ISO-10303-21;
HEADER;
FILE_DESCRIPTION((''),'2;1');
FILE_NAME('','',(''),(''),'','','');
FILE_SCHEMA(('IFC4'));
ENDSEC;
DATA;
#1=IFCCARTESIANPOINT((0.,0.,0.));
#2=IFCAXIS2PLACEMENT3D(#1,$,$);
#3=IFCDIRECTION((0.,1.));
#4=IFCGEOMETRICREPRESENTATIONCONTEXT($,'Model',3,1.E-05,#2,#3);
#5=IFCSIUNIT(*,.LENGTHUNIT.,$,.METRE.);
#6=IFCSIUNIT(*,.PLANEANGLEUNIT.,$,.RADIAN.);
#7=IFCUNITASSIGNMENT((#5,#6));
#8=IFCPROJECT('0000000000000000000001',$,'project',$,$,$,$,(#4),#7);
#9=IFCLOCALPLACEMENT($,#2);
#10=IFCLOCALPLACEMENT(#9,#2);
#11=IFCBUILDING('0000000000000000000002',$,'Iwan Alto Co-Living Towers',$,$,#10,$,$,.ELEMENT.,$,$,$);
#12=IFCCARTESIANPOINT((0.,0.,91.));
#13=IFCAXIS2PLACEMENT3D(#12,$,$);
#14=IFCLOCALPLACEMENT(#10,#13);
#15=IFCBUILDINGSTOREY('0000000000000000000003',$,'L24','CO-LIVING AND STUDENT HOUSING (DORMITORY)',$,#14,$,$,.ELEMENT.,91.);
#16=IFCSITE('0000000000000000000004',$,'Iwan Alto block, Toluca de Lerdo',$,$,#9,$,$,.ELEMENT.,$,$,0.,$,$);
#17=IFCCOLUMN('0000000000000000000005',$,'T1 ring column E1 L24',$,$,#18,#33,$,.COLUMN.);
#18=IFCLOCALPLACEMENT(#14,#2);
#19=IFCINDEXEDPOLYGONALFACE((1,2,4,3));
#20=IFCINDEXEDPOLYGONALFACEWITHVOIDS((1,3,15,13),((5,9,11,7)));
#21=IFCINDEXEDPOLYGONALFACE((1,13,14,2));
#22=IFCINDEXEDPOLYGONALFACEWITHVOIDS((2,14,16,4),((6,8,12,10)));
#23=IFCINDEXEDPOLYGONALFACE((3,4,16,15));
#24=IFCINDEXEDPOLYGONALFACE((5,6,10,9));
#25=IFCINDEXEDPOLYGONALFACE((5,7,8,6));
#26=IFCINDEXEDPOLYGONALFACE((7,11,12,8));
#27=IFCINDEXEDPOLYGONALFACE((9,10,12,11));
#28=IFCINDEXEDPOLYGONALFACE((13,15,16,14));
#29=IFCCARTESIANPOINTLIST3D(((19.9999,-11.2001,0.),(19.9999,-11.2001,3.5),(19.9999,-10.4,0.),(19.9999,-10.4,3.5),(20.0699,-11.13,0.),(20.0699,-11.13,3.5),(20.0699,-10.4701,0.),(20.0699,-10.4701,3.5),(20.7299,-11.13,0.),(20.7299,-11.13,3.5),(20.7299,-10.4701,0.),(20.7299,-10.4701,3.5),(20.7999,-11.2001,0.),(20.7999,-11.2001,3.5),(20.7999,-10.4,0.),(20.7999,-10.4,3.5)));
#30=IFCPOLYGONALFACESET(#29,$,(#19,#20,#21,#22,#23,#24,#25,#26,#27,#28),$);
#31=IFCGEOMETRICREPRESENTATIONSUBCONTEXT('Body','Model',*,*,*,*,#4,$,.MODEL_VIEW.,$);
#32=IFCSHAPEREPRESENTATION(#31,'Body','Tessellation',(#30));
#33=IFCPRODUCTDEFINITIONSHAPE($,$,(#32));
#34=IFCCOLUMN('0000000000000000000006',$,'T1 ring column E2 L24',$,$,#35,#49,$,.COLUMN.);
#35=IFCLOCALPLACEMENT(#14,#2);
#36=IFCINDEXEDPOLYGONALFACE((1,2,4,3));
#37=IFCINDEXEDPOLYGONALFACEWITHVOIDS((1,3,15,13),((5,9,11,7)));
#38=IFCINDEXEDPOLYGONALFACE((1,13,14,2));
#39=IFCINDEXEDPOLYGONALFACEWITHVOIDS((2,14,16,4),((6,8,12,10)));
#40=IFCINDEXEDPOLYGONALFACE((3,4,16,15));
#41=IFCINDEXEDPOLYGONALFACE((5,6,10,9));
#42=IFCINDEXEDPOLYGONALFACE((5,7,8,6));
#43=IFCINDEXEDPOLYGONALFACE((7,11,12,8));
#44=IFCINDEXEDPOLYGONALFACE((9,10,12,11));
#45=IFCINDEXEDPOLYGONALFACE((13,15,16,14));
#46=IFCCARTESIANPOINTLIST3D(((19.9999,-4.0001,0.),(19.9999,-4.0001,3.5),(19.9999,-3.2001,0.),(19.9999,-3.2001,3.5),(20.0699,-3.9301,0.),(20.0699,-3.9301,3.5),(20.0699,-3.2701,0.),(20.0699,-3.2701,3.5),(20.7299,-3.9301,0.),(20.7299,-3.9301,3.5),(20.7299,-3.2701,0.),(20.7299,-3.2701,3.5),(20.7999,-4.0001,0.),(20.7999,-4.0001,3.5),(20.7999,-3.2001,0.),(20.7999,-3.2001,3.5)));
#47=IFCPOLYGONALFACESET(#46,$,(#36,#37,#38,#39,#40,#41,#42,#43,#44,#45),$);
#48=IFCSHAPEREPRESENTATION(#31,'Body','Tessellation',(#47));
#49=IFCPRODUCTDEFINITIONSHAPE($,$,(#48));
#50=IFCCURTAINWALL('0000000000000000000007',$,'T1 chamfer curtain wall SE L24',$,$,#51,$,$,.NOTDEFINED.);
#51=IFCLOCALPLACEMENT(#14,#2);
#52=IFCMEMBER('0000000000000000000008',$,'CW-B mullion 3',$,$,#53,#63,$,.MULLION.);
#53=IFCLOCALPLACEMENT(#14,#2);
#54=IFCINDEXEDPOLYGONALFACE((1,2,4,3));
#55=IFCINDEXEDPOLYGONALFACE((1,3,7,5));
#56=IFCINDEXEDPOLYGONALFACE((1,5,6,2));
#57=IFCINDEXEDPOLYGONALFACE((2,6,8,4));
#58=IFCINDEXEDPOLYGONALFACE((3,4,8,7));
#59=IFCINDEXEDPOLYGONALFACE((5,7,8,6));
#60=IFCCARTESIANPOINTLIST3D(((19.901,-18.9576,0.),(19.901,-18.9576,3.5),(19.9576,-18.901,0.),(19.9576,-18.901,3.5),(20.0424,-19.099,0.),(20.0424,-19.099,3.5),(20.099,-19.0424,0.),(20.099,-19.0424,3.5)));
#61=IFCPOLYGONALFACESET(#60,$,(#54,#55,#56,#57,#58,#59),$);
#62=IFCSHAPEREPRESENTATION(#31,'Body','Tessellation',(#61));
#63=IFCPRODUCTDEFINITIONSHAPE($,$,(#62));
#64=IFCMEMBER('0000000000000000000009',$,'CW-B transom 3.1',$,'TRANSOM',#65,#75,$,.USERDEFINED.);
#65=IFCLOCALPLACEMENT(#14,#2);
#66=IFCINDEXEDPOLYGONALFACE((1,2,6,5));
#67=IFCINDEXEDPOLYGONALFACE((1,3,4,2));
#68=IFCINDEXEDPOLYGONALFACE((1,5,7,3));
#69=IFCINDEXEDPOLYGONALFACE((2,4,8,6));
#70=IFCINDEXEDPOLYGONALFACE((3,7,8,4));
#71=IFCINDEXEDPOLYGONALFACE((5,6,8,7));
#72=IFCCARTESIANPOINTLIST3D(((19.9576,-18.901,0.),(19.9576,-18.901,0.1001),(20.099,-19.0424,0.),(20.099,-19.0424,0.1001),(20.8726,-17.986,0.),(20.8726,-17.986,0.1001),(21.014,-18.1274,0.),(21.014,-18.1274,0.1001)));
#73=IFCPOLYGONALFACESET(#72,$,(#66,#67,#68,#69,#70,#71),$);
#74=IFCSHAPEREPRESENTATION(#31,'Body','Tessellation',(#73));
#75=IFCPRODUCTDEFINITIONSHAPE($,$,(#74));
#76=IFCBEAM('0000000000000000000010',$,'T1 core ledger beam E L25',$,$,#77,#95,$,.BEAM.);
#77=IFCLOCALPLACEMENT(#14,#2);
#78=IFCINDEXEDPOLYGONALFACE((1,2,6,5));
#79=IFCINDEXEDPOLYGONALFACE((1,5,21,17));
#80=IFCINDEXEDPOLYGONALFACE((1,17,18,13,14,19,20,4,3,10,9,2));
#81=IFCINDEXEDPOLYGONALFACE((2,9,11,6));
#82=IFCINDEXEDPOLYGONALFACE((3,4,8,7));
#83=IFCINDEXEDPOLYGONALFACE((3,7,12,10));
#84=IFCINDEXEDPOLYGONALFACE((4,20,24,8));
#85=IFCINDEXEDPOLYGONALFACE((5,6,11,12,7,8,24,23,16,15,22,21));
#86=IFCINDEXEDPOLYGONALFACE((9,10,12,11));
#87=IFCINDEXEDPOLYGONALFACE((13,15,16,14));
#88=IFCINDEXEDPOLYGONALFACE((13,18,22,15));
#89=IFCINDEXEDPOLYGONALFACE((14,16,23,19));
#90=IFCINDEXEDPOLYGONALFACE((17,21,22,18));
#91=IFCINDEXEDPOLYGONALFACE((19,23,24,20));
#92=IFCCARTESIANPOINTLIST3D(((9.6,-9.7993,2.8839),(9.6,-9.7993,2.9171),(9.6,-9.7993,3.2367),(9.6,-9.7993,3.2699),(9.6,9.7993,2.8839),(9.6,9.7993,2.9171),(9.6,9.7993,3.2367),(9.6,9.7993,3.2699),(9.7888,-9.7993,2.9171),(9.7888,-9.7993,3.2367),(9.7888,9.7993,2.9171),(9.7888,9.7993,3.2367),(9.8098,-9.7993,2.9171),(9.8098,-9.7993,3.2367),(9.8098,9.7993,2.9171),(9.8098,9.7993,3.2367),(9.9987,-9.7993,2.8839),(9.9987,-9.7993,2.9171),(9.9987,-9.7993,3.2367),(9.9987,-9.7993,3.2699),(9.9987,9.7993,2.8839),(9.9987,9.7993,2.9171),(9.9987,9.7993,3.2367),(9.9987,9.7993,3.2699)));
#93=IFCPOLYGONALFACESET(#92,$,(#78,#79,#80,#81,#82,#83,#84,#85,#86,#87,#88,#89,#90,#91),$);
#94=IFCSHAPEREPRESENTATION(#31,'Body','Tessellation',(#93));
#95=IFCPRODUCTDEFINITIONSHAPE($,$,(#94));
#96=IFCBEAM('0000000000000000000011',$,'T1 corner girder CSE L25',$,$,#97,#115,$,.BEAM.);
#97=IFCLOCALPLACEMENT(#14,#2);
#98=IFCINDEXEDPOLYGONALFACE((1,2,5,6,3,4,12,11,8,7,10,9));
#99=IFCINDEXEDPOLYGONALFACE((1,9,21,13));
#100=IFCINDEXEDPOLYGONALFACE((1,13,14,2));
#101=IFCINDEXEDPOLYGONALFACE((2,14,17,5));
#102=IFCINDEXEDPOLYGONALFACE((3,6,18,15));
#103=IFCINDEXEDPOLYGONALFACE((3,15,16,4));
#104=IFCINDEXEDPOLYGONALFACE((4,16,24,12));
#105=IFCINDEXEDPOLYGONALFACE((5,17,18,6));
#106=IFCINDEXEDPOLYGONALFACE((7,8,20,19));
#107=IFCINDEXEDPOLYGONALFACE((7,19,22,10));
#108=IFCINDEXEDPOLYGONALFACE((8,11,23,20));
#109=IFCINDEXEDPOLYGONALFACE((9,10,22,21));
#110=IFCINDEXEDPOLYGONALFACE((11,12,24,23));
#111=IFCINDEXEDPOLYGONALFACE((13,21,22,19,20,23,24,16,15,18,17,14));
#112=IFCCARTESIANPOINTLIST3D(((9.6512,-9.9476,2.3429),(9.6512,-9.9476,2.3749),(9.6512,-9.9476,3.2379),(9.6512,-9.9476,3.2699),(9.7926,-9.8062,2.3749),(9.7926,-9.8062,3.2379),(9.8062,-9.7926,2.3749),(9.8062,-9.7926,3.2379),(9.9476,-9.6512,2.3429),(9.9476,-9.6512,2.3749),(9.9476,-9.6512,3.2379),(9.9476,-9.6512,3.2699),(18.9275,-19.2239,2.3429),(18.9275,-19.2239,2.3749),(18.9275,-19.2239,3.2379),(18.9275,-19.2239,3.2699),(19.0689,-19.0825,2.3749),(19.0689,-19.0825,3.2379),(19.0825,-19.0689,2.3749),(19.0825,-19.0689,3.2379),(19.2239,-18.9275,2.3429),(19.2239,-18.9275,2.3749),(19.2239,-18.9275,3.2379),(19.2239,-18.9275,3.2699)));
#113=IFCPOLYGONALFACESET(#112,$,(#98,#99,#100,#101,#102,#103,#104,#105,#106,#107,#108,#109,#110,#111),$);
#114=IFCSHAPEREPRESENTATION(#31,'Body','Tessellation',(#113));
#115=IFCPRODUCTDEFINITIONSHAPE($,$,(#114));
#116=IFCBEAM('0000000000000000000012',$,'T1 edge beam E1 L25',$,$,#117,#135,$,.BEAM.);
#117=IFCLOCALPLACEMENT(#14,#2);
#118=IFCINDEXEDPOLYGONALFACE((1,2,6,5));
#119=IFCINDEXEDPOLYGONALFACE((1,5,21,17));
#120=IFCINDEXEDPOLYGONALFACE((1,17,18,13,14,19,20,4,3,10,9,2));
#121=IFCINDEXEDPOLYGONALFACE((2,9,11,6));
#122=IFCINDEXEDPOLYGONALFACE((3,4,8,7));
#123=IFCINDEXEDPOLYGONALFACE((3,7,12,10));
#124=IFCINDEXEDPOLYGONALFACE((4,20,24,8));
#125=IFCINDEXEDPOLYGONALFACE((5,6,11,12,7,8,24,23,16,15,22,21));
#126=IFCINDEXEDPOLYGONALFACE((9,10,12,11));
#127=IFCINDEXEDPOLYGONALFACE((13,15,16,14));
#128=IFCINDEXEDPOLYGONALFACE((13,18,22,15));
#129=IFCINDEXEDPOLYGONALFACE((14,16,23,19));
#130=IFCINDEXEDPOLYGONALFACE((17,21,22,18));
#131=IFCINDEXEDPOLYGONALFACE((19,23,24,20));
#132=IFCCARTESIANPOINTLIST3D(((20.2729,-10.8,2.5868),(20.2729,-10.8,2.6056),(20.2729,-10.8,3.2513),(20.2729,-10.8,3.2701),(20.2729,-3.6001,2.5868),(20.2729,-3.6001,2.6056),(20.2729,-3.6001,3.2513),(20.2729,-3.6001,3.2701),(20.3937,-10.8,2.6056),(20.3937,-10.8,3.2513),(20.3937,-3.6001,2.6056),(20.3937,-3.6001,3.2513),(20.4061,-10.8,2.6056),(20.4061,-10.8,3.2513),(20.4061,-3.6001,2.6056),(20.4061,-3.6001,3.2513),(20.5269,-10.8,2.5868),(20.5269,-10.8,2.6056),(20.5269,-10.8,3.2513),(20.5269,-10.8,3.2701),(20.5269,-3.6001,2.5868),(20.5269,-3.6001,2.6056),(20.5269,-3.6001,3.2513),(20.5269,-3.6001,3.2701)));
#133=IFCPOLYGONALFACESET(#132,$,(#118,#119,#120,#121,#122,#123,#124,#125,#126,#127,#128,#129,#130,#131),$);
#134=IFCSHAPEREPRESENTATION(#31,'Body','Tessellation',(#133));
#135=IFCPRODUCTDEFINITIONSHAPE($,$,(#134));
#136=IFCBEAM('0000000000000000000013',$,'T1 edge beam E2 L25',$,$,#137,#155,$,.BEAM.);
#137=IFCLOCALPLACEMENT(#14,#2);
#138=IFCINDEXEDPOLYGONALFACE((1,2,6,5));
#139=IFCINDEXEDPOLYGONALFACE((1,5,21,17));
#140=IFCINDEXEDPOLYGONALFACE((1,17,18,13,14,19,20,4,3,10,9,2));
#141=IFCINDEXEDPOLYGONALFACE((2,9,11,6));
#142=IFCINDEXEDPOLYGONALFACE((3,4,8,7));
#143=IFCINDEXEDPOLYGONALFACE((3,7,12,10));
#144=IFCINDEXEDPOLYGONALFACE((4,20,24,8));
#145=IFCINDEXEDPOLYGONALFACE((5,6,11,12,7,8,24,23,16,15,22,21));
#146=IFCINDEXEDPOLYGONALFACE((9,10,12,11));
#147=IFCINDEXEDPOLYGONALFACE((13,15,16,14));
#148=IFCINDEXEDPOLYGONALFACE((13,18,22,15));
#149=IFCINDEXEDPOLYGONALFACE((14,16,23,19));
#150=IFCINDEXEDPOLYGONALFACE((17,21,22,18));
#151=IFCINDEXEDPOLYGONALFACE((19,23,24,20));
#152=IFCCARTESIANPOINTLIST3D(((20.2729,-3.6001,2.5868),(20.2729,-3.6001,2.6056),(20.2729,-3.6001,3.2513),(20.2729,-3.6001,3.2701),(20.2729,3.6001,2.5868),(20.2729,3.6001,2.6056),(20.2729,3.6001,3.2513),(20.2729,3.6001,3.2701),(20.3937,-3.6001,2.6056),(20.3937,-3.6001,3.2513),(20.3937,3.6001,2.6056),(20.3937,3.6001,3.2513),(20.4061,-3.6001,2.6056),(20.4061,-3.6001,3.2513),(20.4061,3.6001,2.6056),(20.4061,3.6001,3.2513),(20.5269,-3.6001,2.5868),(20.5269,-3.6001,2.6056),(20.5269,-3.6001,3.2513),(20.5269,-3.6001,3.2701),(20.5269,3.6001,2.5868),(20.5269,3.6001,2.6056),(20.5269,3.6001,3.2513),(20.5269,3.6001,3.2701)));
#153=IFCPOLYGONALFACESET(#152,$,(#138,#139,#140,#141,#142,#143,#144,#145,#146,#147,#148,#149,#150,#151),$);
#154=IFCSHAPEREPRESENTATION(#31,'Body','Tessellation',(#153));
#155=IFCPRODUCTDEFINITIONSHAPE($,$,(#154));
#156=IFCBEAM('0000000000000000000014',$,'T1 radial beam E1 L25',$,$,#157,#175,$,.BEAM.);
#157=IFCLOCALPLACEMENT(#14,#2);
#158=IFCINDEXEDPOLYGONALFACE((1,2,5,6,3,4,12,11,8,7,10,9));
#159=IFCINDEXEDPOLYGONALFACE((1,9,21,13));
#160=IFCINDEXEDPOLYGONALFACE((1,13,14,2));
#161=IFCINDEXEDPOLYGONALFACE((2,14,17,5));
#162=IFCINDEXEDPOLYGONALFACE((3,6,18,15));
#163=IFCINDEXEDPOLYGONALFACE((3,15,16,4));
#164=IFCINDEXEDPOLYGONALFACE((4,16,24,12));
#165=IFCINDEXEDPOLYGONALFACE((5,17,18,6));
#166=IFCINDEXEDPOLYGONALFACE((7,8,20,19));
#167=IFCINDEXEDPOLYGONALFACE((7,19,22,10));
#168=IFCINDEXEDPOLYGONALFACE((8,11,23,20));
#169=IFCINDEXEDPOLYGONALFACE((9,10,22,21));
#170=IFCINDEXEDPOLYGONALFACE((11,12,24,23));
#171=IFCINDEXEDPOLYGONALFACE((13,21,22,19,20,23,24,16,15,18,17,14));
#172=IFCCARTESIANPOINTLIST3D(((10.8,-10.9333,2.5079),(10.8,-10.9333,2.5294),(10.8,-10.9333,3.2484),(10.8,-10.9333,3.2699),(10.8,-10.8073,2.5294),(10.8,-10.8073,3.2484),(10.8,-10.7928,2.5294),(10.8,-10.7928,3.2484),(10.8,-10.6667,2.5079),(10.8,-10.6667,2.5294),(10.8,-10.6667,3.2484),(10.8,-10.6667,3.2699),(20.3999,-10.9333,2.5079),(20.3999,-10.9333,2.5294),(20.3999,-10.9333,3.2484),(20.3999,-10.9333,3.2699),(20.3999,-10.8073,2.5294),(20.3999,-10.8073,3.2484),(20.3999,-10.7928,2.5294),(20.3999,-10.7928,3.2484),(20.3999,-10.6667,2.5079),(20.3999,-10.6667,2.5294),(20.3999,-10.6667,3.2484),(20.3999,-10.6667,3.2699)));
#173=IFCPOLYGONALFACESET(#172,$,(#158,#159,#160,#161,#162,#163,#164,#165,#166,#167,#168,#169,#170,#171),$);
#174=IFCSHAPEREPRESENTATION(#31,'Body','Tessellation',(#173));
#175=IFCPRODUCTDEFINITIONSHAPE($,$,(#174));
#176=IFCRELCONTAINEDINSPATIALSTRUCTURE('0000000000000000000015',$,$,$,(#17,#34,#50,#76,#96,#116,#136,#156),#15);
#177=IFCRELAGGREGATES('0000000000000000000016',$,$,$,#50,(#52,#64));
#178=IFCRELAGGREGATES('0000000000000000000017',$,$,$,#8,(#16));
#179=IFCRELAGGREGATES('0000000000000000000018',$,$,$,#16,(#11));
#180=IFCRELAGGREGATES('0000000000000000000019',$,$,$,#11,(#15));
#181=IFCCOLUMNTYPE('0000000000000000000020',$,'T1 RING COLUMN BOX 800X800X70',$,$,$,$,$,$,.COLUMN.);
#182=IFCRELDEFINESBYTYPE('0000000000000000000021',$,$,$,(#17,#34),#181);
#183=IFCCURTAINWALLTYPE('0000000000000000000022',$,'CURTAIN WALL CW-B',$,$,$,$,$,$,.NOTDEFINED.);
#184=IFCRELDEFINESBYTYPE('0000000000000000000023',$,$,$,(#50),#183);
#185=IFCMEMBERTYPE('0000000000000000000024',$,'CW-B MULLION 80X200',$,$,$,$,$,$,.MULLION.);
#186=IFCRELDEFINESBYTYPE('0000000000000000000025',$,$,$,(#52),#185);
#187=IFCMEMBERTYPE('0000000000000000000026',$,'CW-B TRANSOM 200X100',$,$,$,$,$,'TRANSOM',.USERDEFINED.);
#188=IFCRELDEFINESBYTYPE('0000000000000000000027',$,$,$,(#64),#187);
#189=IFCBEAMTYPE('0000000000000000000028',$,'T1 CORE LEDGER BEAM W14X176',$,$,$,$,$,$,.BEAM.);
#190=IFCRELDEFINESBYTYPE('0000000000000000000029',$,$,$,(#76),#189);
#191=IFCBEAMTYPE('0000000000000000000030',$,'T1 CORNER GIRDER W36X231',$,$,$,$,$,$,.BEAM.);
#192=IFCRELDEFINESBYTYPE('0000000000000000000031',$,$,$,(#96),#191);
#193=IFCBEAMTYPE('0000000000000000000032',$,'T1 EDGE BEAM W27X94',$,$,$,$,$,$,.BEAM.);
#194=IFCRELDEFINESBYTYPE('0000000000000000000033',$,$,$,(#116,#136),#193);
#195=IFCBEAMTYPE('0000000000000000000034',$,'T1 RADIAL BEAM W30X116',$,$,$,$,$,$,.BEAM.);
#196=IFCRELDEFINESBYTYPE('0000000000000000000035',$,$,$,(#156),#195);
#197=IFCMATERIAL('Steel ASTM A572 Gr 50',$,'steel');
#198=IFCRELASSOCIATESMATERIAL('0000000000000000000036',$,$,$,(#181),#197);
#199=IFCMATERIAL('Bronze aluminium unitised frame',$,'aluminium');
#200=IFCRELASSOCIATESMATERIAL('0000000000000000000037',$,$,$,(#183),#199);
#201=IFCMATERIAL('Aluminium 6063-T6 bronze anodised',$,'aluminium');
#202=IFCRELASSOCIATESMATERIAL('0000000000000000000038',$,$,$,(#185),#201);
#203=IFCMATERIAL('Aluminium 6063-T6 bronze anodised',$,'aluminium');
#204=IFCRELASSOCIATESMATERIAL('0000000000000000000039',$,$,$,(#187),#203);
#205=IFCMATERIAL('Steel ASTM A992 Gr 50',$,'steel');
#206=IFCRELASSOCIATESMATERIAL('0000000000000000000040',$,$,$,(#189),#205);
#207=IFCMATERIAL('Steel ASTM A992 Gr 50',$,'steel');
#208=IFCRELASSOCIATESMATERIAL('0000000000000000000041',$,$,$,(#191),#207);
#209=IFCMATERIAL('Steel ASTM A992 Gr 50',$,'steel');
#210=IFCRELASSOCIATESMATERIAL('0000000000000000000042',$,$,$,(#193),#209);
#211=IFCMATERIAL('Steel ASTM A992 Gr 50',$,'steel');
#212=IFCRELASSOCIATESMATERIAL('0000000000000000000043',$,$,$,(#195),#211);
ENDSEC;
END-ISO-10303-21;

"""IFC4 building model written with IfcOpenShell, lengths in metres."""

from ifc_helpers import new_model, si_unit, direction, frame, origin, origin_2d, place, context, subcontext, project, spatial, rectangle, hollow_rectangle, i_section, extrude, material, material_profile, profile_set, type_object, element, aggregate, save


model = new_model("IFC4")

# Units and contexts
model_context = context("Model", 3, precision=1e-05, world=origin(), true_north=direction((0.0, 1.0)))
body_context = subcontext(model_context, "Body", "Model", "MODEL_VIEW")
ifc_project = project(units=[si_unit("LENGTHUNIT", "METRE"), si_unit("PLANEANGLEUNIT", "RADIAN")], contexts=[model_context])

# Site, building, storey
site_placement = place(None, origin())
site = spatial("IfcSite", under=ifc_project, at=site_placement, Name="Iwan Alto block, Toluca de Lerdo", CompositionType="ELEMENT", RefElevation=0.0)
building_placement = place(site_placement, origin())
building = spatial("IfcBuilding", under=site, at=building_placement, Name="Iwan Alto Co-Living Towers", CompositionType="ELEMENT")
storey_placement = place(building_placement, frame((0.0, 0.0, 91.0)))
storey = spatial("IfcBuildingStorey", under=building, at=storey_placement, Name="L24", Description="CO-LIVING AND STUDENT HOUSING (DORMITORY)", CompositionType="ELEMENT", Elevation=91.0)

# Columns
ifc_material_1 = material(Name="Steel ASTM A572 Gr 50", Category="steel")
ifc_material_profile_1 = material_profile(ifc_material_1, hollow_rectangle(XDim=0.8, YDim=0.8, WallThickness=0.0701, at=origin_2d()), Name="BOX 800X800X70")
ifc_profile_set_1 = profile_set([ifc_material_profile_1], Name="Steel ASTM A572 Gr 50")
column_type = type_object("IfcColumnType", Name="T1 RING COLUMN BOX 800X800X70", PredefinedType="COLUMN", material=ifc_profile_set_1)
for number, where, z_axis, x_axis, name in (
    (1, (20.3999, -10.8, 0.0), (0.0, 0.0, 1.0), (1.0, 0.0, 0.0), "T1 ring column E1 L24"),
    (2, (20.3999, -3.6001, 0.0), (0.0, 0.0, 1.0), (1.0, 0.0, 0.0), "T1 ring column E2 L24"),
):
    element("IfcColumn", number, at=place(storey_placement, frame(where, z_axis=z_axis, x_axis=x_axis)), inside=storey, type_object=column_type, Name=name, PredefinedType="COLUMN", context=body_context, shape_type="SweptSolid", body=[
        extrude(hollow_rectangle(XDim=0.8, YDim=0.8, WallThickness=0.0701, at=origin_2d()), origin(), (0.0, 0.0, 1.0), 3.5),
    ])

# Curtain wall, members
ifc_material_2 = material(Name="Bronze aluminium unitised frame", Category="aluminium")
curtain_wall_type = type_object("IfcCurtainWallType", Name="CURTAIN WALL CW-B", PredefinedType="NOTDEFINED", material=ifc_material_2)
curtain_wall_placement = place(storey_placement, origin())
curtain_wall = element("IfcCurtainWall", 3, at=curtain_wall_placement, inside=storey, type_object=curtain_wall_type, Name="T1 chamfer curtain wall SE L24", PredefinedType="NOTDEFINED")
ifc_material_3 = material(Name="Aluminium 6063-T6 bronze anodised", Category="aluminium")
ifc_material_profile_2 = material_profile(ifc_material_3, rectangle(XDim=0.2, YDim=0.0801, at=origin_2d()), Name="AL 80X200")
ifc_profile_set_2 = profile_set([ifc_material_profile_2], Name="Aluminium 6063-T6 bronze anodised")
member_type_1 = type_object("IfcMemberType", Name="CW-B MULLION 80X200", PredefinedType="MULLION", material=ifc_profile_set_2)
member_1_placement = place(storey_placement, frame((20.0, -19.0, 0.0), z_axis=(0.0, 0.0, 1.0), x_axis=(-0.707107, 0.707107, 0.0)))
member_1 = element("IfcMember", 4, at=member_1_placement, type_object=member_type_1, Name="CW-B mullion 3", PredefinedType="MULLION", context=body_context, shape_type="SweptSolid", body=[
    extrude(rectangle(XDim=0.2, YDim=0.0801, at=origin_2d()), origin(), (0.0, 0.0, 1.0), 3.5),
])
ifc_material_4 = material(Name="Aluminium 6063-T6 bronze anodised", Category="aluminium")
ifc_material_profile_3 = material_profile(ifc_material_4, rectangle(XDim=0.2, YDim=0.1001, at=origin_2d()), Name="AL 200X100")
ifc_profile_set_3 = profile_set([ifc_material_profile_3], Name="Aluminium 6063-T6 bronze anodised")
member_type_2 = type_object("IfcMemberType", Name="CW-B TRANSOM 200X100", ElementType="TRANSOM", PredefinedType="USERDEFINED", material=ifc_profile_set_3)
member_2_placement = place(storey_placement, frame((20.0283, -18.9717, 0.05), z_axis=(0.707107, 0.707107, 0.0), x_axis=(-0.707107, 0.707107, 0.0)))
member_2 = element("IfcMember", 5, at=member_2_placement, type_object=member_type_2, Name="CW-B transom 3.1", ObjectType="TRANSOM", PredefinedType="USERDEFINED", context=body_context, shape_type="SweptSolid", body=[
    extrude(rectangle(XDim=0.2, YDim=0.1001, at=origin_2d()), origin(), (0.0, 0.0, 1.0), 1.2939),
])
aggregate(curtain_wall, [member_1, member_2])

# Beams
ifc_material_5 = material(Name="Steel ASTM A992 Gr 50", Category="steel")
ifc_material_profile_4 = material_profile(ifc_material_5, i_section(OverallWidth=0.3987, OverallDepth=0.386, WebThickness=0.021, FlangeThickness=0.0332, at=origin_2d()), Name="W14X176")
ifc_profile_set_4 = profile_set([ifc_material_profile_4], Name="Steel ASTM A992 Gr 50")
beam_type_1 = type_object("IfcBeamType", Name="T1 CORE LEDGER BEAM W14X176", PredefinedType="BEAM", material=ifc_profile_set_4)
beam_1_placement = place(storey_placement, frame((9.7993, -9.7993, 3.0769), z_axis=(0.0, 1.0, 0.0), x_axis=(-1.0, 0.0, 0.0)))
element("IfcBeam", 6, at=beam_1_placement, inside=storey, type_object=beam_type_1, Name="T1 core ledger beam E L25", PredefinedType="BEAM", context=body_context, shape_type="SweptSolid", body=[
    extrude(i_section(OverallWidth=0.3987, OverallDepth=0.386, WebThickness=0.021, FlangeThickness=0.0332, at=origin_2d()), origin(), (0.0, 0.0, 1.0), 19.5986),
])
ifc_material_6 = material(Name="Steel ASTM A992 Gr 50", Category="steel")
ifc_material_profile_5 = material_profile(ifc_material_6, i_section(OverallWidth=0.4192, OverallDepth=0.927, WebThickness=0.0193, FlangeThickness=0.032, at=origin_2d()), Name="W36X231")
ifc_profile_set_5 = profile_set([ifc_material_profile_5], Name="Steel ASTM A992 Gr 50")
beam_type_2 = type_object("IfcBeamType", Name="T1 CORNER GIRDER W36X231", PredefinedType="BEAM", material=ifc_profile_set_5)
beam_2_placement = place(storey_placement, frame((19.0757, -19.0757, 2.8064), z_axis=(-0.707107, 0.707107, 0.0), x_axis=(-0.707107, -0.707107, 0.0)))
element("IfcBeam", 7, at=beam_2_placement, inside=storey, type_object=beam_type_2, Name="T1 corner girder CSE L25", PredefinedType="BEAM", context=body_context, shape_type="SweptSolid", body=[
    extrude(i_section(OverallWidth=0.4192, OverallDepth=0.927, WebThickness=0.0193, FlangeThickness=0.032, at=origin_2d()), origin(), (0.0, 0.0, 1.0), 13.1187),
])
ifc_material_7 = material(Name="Steel ASTM A992 Gr 50", Category="steel")
ifc_material_profile_6 = material_profile(ifc_material_7, i_section(OverallWidth=0.2539, OverallDepth=0.6833, WebThickness=0.0125, FlangeThickness=0.0188, at=origin_2d()), Name="W27X94")
ifc_profile_set_6 = profile_set([ifc_material_profile_6], Name="Steel ASTM A992 Gr 50")
beam_type_3 = type_object("IfcBeamType", Name="T1 EDGE BEAM W27X94", PredefinedType="BEAM", material=ifc_profile_set_6)
beam_3_placement = place(storey_placement, frame((20.3999, -10.8, 2.9285), z_axis=(0.0, 1.0, 0.0), x_axis=(-1.0, 0.0, 0.0)))
element("IfcBeam", 8, at=beam_3_placement, inside=storey, type_object=beam_type_3, Name="T1 edge beam E1 L25", PredefinedType="BEAM", context=body_context, shape_type="SweptSolid", body=[
    extrude(i_section(OverallWidth=0.2539, OverallDepth=0.6833, WebThickness=0.0125, FlangeThickness=0.0188, at=origin_2d()), origin(), (0.0, 0.0, 1.0), 7.2),
])
beam_4_placement = place(storey_placement, frame((20.3999, -3.6001, 2.9285), z_axis=(0.0, 1.0, 0.0), x_axis=(-1.0, 0.0, 0.0)))
element("IfcBeam", 9, at=beam_4_placement, inside=storey, type_object=beam_type_3, Name="T1 edge beam E2 L25", PredefinedType="BEAM", context=body_context, shape_type="SweptSolid", body=[
    extrude(i_section(OverallWidth=0.2539, OverallDepth=0.6833, WebThickness=0.0125, FlangeThickness=0.0188, at=origin_2d()), origin(), (0.0, 0.0, 1.0), 7.2002),
])
ifc_material_8 = material(Name="Steel ASTM A992 Gr 50", Category="steel")
ifc_material_profile_7 = material_profile(ifc_material_8, i_section(OverallWidth=0.2666, OverallDepth=0.762, WebThickness=0.0144, FlangeThickness=0.0215, at=origin_2d()), Name="W30X116")
ifc_profile_set_7 = profile_set([ifc_material_profile_7], Name="Steel ASTM A992 Gr 50")
beam_type_4 = type_object("IfcBeamType", Name="T1 RADIAL BEAM W30X116", PredefinedType="BEAM", material=ifc_profile_set_7)
beam_5_placement = place(storey_placement, frame((20.3999, -10.8, 2.8889), z_axis=(-1.0, 0.0, 0.0), x_axis=(0.0, -1.0, 0.0)))
element("IfcBeam", 10, at=beam_5_placement, inside=storey, type_object=beam_type_4, Name="T1 radial beam E1 L25", PredefinedType="BEAM", context=body_context, shape_type="SweptSolid", body=[
    extrude(i_section(OverallWidth=0.2666, OverallDepth=0.762, WebThickness=0.0144, FlangeThickness=0.0215, at=origin_2d()), origin(), (0.0, 0.0, 1.0), 9.5999),
])

save(model, "model.ifc")
